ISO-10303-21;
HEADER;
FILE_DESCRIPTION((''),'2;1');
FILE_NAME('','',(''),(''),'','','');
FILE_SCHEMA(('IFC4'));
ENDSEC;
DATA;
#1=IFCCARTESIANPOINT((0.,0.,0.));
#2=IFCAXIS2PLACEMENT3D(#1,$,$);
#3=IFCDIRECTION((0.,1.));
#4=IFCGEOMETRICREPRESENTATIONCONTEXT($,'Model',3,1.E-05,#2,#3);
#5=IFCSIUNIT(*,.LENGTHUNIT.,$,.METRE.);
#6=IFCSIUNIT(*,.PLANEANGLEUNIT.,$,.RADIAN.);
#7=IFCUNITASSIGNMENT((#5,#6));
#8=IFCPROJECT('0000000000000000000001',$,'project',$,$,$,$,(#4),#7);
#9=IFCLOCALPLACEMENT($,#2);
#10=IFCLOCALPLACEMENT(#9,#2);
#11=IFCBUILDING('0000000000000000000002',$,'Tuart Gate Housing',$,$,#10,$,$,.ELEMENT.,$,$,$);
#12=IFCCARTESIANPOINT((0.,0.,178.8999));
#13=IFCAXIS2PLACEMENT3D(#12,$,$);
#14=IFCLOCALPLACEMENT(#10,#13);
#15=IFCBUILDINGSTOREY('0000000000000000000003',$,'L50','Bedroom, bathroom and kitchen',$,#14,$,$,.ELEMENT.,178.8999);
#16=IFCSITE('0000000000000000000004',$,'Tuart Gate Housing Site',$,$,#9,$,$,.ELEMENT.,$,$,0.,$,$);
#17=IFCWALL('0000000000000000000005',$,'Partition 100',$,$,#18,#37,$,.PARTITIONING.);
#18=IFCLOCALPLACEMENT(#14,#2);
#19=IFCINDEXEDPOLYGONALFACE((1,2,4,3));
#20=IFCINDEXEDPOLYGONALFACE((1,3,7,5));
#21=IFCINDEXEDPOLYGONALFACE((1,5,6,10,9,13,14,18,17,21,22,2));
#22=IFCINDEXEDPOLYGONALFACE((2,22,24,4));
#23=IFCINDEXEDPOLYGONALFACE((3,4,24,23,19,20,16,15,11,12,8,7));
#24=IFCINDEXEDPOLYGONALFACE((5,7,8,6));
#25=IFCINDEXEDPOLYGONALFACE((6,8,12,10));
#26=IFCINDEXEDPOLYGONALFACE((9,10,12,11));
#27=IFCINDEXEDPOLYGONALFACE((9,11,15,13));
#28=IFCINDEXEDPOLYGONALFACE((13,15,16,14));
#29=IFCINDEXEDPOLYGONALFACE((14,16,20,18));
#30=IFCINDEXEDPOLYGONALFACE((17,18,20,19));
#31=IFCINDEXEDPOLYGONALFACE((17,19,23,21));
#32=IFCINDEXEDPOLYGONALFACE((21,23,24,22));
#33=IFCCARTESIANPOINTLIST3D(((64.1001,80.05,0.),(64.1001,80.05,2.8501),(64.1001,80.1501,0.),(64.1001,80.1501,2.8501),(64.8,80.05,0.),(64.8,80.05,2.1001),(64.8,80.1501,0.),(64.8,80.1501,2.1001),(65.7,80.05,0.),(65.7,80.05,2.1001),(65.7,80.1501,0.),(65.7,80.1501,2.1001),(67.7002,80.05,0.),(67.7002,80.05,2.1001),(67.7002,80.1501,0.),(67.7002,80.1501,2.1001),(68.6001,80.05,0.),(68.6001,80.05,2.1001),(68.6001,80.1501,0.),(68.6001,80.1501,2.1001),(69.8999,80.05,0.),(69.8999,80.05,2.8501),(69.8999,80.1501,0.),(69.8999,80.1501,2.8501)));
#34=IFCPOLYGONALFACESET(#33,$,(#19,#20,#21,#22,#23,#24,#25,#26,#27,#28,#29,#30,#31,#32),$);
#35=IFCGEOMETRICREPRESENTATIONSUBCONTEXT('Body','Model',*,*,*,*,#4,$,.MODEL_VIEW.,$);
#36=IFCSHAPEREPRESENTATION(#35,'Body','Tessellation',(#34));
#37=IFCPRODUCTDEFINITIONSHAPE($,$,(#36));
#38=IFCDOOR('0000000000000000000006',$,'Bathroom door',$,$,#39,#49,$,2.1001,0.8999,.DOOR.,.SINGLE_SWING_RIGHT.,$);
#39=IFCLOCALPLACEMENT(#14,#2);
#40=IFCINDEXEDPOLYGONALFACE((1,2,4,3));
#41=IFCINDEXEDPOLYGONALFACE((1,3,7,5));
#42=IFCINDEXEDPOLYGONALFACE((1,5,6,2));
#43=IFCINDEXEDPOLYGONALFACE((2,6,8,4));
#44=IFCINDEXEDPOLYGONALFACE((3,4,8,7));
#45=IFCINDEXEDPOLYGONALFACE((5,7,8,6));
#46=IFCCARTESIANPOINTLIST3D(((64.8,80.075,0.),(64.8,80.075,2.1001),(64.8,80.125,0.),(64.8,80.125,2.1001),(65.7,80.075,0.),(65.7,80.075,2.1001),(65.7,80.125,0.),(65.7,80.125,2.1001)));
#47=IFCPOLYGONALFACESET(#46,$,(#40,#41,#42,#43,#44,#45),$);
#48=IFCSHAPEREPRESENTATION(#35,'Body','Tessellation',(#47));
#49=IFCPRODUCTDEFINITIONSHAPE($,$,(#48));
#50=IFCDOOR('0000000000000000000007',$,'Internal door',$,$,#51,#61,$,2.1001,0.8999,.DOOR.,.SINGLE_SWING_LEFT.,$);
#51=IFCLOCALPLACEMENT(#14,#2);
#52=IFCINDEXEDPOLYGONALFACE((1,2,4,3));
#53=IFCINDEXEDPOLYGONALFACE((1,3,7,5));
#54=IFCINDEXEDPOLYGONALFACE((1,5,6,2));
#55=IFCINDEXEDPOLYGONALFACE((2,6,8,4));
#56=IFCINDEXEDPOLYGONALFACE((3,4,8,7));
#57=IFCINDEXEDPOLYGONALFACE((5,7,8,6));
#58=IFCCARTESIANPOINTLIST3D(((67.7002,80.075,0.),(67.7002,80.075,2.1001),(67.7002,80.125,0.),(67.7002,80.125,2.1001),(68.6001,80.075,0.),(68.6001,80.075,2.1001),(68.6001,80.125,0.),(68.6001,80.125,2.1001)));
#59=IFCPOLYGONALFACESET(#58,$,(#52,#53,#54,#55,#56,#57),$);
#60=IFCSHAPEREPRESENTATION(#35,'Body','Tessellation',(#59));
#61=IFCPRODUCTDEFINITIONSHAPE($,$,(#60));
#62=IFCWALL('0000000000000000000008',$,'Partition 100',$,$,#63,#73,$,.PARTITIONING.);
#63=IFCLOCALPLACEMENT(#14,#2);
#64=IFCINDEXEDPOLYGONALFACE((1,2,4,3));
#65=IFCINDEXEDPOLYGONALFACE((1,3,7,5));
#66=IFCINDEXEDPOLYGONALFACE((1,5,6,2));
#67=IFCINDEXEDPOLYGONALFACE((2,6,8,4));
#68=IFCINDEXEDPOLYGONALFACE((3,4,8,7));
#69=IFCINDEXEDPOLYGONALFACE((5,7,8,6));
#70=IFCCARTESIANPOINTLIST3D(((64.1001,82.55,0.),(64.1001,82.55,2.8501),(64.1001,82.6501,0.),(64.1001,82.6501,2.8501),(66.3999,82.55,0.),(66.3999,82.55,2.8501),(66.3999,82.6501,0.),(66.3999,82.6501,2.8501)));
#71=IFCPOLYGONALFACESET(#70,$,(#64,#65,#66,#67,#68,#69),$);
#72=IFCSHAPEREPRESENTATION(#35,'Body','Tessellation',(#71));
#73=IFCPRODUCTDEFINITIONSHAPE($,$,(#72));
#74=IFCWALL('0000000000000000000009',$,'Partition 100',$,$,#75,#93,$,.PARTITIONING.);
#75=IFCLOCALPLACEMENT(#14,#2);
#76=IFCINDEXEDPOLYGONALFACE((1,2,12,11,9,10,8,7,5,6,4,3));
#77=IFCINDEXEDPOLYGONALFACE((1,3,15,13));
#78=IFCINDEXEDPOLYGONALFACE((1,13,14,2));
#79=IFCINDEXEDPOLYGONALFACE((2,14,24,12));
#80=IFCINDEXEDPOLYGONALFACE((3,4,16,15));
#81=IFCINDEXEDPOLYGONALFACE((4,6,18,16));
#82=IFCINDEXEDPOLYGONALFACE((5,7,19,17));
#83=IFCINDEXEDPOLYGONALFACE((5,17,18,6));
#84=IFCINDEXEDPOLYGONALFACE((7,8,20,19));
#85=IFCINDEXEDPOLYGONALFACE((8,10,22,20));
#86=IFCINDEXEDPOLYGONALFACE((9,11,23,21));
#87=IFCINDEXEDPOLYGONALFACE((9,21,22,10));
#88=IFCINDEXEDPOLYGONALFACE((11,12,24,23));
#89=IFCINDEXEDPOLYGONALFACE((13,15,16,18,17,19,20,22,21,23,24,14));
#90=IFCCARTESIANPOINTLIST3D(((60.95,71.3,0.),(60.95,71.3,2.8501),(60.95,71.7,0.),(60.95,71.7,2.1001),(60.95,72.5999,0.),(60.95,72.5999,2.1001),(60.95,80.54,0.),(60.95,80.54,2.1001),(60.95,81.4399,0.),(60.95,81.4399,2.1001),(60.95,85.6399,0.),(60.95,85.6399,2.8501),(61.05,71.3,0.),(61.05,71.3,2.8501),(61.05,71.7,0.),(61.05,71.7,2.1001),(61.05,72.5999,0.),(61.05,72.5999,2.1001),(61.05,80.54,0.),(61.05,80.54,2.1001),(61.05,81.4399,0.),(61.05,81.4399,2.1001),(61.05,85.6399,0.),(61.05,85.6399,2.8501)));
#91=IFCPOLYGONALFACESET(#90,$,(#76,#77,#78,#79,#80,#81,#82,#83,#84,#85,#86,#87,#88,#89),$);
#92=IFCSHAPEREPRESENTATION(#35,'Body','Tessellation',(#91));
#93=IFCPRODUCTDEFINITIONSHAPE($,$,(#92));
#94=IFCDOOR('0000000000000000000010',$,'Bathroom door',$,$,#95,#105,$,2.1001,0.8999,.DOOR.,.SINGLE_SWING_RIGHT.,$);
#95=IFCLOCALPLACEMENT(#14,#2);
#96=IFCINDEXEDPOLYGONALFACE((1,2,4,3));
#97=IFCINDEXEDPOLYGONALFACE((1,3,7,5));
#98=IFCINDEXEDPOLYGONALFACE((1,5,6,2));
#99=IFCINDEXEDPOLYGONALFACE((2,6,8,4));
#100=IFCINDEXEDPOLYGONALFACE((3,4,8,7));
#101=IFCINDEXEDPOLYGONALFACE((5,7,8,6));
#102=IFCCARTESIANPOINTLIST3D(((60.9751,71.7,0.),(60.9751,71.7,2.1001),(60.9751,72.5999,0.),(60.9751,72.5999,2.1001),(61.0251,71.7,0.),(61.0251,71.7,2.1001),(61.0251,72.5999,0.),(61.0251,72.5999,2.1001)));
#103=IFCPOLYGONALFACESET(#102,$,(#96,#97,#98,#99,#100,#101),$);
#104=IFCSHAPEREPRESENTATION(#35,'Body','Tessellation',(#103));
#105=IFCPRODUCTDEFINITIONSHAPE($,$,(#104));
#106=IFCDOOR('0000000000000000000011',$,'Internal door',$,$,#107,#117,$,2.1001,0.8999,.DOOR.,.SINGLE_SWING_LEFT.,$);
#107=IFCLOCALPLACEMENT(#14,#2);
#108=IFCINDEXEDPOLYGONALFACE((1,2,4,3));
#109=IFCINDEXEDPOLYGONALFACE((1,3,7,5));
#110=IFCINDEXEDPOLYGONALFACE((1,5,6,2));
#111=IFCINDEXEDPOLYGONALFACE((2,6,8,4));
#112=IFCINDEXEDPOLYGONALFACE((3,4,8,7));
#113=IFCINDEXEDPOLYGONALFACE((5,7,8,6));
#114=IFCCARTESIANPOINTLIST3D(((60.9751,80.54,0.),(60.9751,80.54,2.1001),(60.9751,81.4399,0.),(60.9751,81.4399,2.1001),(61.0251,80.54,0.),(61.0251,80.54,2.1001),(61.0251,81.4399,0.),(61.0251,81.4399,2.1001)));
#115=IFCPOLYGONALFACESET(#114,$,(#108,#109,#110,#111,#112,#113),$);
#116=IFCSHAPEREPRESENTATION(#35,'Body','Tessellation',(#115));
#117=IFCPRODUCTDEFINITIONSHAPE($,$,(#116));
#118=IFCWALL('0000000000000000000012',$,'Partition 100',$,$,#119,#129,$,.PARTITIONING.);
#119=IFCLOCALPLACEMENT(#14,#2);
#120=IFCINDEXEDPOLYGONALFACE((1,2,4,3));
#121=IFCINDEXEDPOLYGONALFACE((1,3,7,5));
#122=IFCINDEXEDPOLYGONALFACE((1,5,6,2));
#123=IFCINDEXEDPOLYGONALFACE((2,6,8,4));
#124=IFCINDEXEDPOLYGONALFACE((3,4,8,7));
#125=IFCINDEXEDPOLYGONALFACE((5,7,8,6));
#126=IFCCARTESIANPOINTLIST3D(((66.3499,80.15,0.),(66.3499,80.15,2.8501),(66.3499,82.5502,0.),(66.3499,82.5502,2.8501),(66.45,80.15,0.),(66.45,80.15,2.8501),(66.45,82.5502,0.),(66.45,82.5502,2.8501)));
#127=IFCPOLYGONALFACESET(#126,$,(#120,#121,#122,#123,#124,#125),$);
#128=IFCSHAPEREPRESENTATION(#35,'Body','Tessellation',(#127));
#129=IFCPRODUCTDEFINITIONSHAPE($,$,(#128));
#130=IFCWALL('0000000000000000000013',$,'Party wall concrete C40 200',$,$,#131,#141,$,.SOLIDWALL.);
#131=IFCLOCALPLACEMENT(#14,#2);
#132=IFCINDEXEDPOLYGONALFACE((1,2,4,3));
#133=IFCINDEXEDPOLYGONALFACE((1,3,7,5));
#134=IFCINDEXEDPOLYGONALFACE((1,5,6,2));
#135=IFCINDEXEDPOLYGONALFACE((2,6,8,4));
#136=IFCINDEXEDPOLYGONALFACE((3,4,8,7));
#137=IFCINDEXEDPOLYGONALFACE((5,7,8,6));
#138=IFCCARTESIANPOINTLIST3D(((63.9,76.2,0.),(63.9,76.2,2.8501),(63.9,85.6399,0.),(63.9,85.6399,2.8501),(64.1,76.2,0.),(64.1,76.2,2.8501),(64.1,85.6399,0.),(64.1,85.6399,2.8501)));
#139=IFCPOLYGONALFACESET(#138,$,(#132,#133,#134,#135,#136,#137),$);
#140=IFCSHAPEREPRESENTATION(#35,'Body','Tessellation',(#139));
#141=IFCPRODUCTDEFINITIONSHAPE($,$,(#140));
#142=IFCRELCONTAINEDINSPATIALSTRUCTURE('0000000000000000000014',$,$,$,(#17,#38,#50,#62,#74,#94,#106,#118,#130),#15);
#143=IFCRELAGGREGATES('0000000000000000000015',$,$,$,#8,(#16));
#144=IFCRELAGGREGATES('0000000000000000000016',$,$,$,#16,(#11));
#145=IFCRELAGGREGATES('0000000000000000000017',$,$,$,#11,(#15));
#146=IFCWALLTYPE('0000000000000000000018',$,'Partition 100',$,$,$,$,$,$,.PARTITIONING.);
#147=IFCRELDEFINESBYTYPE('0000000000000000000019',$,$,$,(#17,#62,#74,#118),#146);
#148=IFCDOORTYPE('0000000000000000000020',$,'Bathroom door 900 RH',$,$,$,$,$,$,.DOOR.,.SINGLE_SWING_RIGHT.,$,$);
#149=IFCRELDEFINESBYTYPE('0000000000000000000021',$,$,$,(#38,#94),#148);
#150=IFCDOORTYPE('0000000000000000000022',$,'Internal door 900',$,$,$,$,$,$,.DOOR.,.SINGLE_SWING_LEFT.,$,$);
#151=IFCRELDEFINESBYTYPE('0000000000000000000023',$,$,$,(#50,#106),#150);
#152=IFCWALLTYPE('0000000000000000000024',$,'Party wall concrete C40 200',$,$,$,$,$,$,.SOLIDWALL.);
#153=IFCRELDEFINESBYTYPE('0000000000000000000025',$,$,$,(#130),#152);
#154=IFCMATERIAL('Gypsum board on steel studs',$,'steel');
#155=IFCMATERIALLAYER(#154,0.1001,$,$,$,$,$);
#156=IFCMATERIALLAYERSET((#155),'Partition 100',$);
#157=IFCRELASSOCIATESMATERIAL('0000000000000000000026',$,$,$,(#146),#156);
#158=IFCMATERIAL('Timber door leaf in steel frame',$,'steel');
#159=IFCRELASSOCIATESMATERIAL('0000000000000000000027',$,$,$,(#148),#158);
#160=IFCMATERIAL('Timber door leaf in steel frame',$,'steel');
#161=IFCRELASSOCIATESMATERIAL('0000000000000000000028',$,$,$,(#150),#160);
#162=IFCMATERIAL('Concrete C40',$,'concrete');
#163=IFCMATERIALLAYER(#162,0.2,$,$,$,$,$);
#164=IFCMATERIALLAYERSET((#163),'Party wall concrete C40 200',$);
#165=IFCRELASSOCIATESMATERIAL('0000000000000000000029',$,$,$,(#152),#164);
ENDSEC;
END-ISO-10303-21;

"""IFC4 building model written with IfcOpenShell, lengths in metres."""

from ifc_helpers import new_model, si_unit, direction, frame, frame_2d, origin, place, context, subcontext, project, spatial, rectangle, extrude, material, layer, layer_set, type_object, element, fill, save


model = new_model("IFC4")

# Units and contexts
model_context = context("Model", 3, precision=1e-05, world=origin(), true_north=direction((0.0, 1.0)))
body_context = subcontext(model_context, "Body", "Model", "MODEL_VIEW")
ifc_project = project(units=[si_unit("LENGTHUNIT", "METRE"), si_unit("PLANEANGLEUNIT", "RADIAN")], contexts=[model_context])

# Site, building, storey
site_placement = place(None, origin())
site = spatial("IfcSite", under=ifc_project, at=site_placement, Name="Tuart Gate Housing Site", CompositionType="ELEMENT", RefElevation=0.0)
building_placement = place(site_placement, origin())
building = spatial("IfcBuilding", under=site, at=building_placement, Name="Tuart Gate Housing", CompositionType="ELEMENT")
storey_placement = place(building_placement, frame((0.0, 0.0, 178.8999)))
storey = spatial("IfcBuildingStorey", under=building, at=storey_placement, Name="L50", Description="Bedroom, bathroom and kitchen", CompositionType="ELEMENT", Elevation=178.8999)

# Shared definitions
ifc_material_1 = material(Name="Gypsum board on steel studs", Category="steel")
ifc_layer_1 = layer(ifc_material_1, 0.1001)
ifc_layer_set_1 = layer_set([ifc_layer_1], Name="Partition 100")
wall_type_1 = type_object("IfcWallType", Name="Partition 100", PredefinedType="PARTITIONING", material=ifc_layer_set_1)

# Wall, openings, doors
wall_1_placement = place(storey_placement, frame((64.1001, 80.1001, 0.0), z_axis=(0.0, 0.0, 1.0), x_axis=(1.0, 0.0, 0.0)))
wall_1 = element("IfcWall", 1, at=wall_1_placement, inside=storey, type_object=wall_type_1, Name="Partition 100", PredefinedType="PARTITIONING", context=body_context, shape_type="SweptSolid", body=[
    extrude(rectangle(XDim=5.7998, YDim=0.1001, at=frame_2d((2.8999, 0.0))), origin(), (0.0, 0.0, 1.0), 2.8501),
])
opening_1_placement = place(wall_1_placement, frame((3.6001, 0.0, 0.0)))
opening_1 = element("IfcOpeningElement", 2, at=opening_1_placement, cuts=wall_1, PredefinedType="OPENING", context=body_context, shape_type="SweptSolid", body=[
    extrude(rectangle(XDim=0.8999, YDim=2.1001, at=frame_2d((0.45, 1.05))), frame((0.0, 0.0601, 0.0), z_axis=(0.0, -1.0, 0.0), x_axis=(1.0, 0.0, 0.0)), (0.0, 0.0, 1.0), 0.1201),
])
opening_2_placement = place(wall_1_placement, frame((0.7, 0.0, 0.0)))
opening_2 = element("IfcOpeningElement", 3, at=opening_2_placement, cuts=wall_1, PredefinedType="OPENING", context=body_context, shape_type="SweptSolid", body=[
    extrude(rectangle(XDim=0.8999, YDim=2.1001, at=frame_2d((0.45, 1.05))), frame((0.0, 0.0601, 0.0), z_axis=(0.0, -1.0, 0.0), x_axis=(1.0, 0.0, 0.0)), (0.0, 0.0, 1.0), 0.1201),
])
ifc_material_2 = material(Name="Timber door leaf in steel frame", Category="steel")
door_type_1 = type_object("IfcDoorType", Name="Bathroom door 900 RH", OperationType="SINGLE_SWING_RIGHT", PredefinedType="DOOR", material=ifc_material_2)
door_1_placement = place(opening_2_placement, origin())
door_1 = element("IfcDoor", 4, at=door_1_placement, inside=storey, type_object=door_type_1, Name="Bathroom door", OperationType="SINGLE_SWING_RIGHT", OverallHeight=2.1001, OverallWidth=0.8999, PredefinedType="DOOR", context=body_context, shape_type="SweptSolid", body=[
    extrude(rectangle(XDim=0.8999, YDim=2.1001, at=frame_2d((0.45, 1.05))), frame((0.0, 0.0249, 0.0), z_axis=(0.0, -1.0, 0.0), x_axis=(1.0, 0.0, 0.0)), (0.0, 0.0, 1.0), 0.05),
])
fill(opening_2, door_1)
ifc_material_3 = material(Name="Timber door leaf in steel frame", Category="steel")
door_type_2 = type_object("IfcDoorType", Name="Internal door 900", OperationType="SINGLE_SWING_LEFT", PredefinedType="DOOR", material=ifc_material_3)
door_2_placement = place(opening_1_placement, frame((0.8999, 0.0, 0.0), z_axis=(0.0, 0.0, 1.0), x_axis=(-1.0, 0.0, 0.0)))
door_2 = element("IfcDoor", 5, at=door_2_placement, inside=storey, type_object=door_type_2, Name="Internal door", OperationType="SINGLE_SWING_LEFT", OverallHeight=2.1001, OverallWidth=0.8999, PredefinedType="DOOR", context=body_context, shape_type="SweptSolid", body=[
    extrude(rectangle(XDim=0.8999, YDim=2.1001, at=frame_2d((0.45, 1.05))), frame((0.0, 0.0251, 0.0), z_axis=(0.0, -1.0, 0.0), x_axis=(1.0, 0.0, 0.0)), (0.0, 0.0, 1.0), 0.05),
])
fill(opening_1, door_2)

# Wall
wall_2_placement = place(storey_placement, frame((64.1001, 82.6001, 0.0), z_axis=(0.0, 0.0, 1.0), x_axis=(1.0, 0.0, 0.0)))
element("IfcWall", 6, at=wall_2_placement, inside=storey, type_object=wall_type_1, Name="Partition 100", PredefinedType="PARTITIONING", context=body_context, shape_type="SweptSolid", body=[
    extrude(rectangle(XDim=2.2998, YDim=0.1001, at=frame_2d((1.1499, 0.0))), origin(), (0.0, 0.0, 1.0), 2.8501),
])

# Wall, openings, doors
wall_3_placement = place(storey_placement, frame((61.0, 71.3, 0.0), z_axis=(0.0, 0.0, 1.0), x_axis=(0.0, 1.0, 0.0)))
wall_3 = element("IfcWall", 7, at=wall_3_placement, inside=storey, type_object=wall_type_1, Name="Partition 100", PredefinedType="PARTITIONING", context=body_context, shape_type="SweptSolid", body=[
    extrude(rectangle(XDim=14.3398, YDim=0.1001, at=frame_2d((7.1699, 0.0))), origin(), (0.0, 0.0, 1.0), 2.8501),
])
opening_3_placement = place(wall_3_placement, frame((9.24, 0.0, 0.0)))
opening_3 = element("IfcOpeningElement", 8, at=opening_3_placement, cuts=wall_3, PredefinedType="OPENING", context=body_context, shape_type="SweptSolid", body=[
    extrude(rectangle(XDim=0.8999, YDim=2.1001, at=frame_2d((0.45, 1.05))), frame((0.0, 0.0601, 0.0), z_axis=(0.0, -1.0, 0.0), x_axis=(1.0, 0.0, 0.0)), (0.0, 0.0, 1.0), 0.1201),
])
opening_4_placement = place(wall_3_placement, frame((0.3999, 0.0, 0.0)))
opening_4 = element("IfcOpeningElement", 9, at=opening_4_placement, cuts=wall_3, PredefinedType="OPENING", context=body_context, shape_type="SweptSolid", body=[
    extrude(rectangle(XDim=0.8999, YDim=2.1001, at=frame_2d((0.45, 1.05))), frame((0.0, 0.0601, 0.0), z_axis=(0.0, -1.0, 0.0), x_axis=(1.0, 0.0, 0.0)), (0.0, 0.0, 1.0), 0.1201),
])
door_3_placement = place(opening_4_placement, frame((0.8999, 0.0, 0.0), z_axis=(0.0, 0.0, 1.0), x_axis=(-1.0, 0.0, 0.0)))
door_3 = element("IfcDoor", 10, at=door_3_placement, inside=storey, type_object=door_type_1, Name="Bathroom door", OperationType="SINGLE_SWING_RIGHT", OverallHeight=2.1001, OverallWidth=0.8999, PredefinedType="DOOR", context=body_context, shape_type="SweptSolid", body=[
    extrude(rectangle(XDim=0.8999, YDim=2.1001, at=frame_2d((0.45, 1.05))), frame((0.0, 0.0251, 0.0), z_axis=(0.0, -1.0, 0.0), x_axis=(1.0, 0.0, 0.0)), (0.0, 0.0, 1.0), 0.05),
])
fill(opening_4, door_3)
door_4_placement = place(opening_3_placement, frame((0.8999, 0.0, 0.0), z_axis=(0.0, 0.0, 1.0), x_axis=(-1.0, 0.0, 0.0)))
door_4 = element("IfcDoor", 11, at=door_4_placement, inside=storey, type_object=door_type_2, Name="Internal door", OperationType="SINGLE_SWING_LEFT", OverallHeight=2.1001, OverallWidth=0.8999, PredefinedType="DOOR", context=body_context, shape_type="SweptSolid", body=[
    extrude(rectangle(XDim=0.8999, YDim=2.1001, at=frame_2d((0.45, 1.05))), frame((0.0, 0.0251, 0.0), z_axis=(0.0, -1.0, 0.0), x_axis=(1.0, 0.0, 0.0)), (0.0, 0.0, 1.0), 0.05),
])
fill(opening_3, door_4)

# Walls
wall_4_placement = place(storey_placement, frame((66.3999, 80.1499, 0.0), z_axis=(0.0, 0.0, 1.0), x_axis=(0.0, 1.0, 0.0)))
element("IfcWall", 12, at=wall_4_placement, inside=storey, type_object=wall_type_1, Name="Partition 100", PredefinedType="PARTITIONING", context=body_context, shape_type="SweptSolid", body=[
    extrude(rectangle(XDim=2.4001, YDim=0.1001, at=frame_2d((1.2002, 0.0))), origin(), (0.0, 0.0, 1.0), 2.8501),
])
ifc_material_4 = material(Name="Concrete C40", Category="concrete")
ifc_layer_2 = layer(ifc_material_4, 0.2)
ifc_layer_set_2 = layer_set([ifc_layer_2], Name="Party wall concrete C40 200")
wall_type_2 = type_object("IfcWallType", Name="Party wall concrete C40 200", PredefinedType="SOLIDWALL", material=ifc_layer_set_2)
wall_5_placement = place(storey_placement, frame((64.0, 76.2, 0.0), z_axis=(0.0, 0.0, 1.0), x_axis=(0.0, 1.0, 0.0)))
element("IfcWall", 13, at=wall_5_placement, inside=storey, type_object=wall_type_2, Name="Party wall concrete C40 200", PredefinedType="SOLIDWALL", context=body_context, shape_type="SweptSolid", body=[
    extrude(rectangle(XDim=9.4399, YDim=0.2, at=frame_2d((4.72, 0.0))), origin(), (0.0, 0.0, 1.0), 2.8501),
])

save(model, "model.ifc")
